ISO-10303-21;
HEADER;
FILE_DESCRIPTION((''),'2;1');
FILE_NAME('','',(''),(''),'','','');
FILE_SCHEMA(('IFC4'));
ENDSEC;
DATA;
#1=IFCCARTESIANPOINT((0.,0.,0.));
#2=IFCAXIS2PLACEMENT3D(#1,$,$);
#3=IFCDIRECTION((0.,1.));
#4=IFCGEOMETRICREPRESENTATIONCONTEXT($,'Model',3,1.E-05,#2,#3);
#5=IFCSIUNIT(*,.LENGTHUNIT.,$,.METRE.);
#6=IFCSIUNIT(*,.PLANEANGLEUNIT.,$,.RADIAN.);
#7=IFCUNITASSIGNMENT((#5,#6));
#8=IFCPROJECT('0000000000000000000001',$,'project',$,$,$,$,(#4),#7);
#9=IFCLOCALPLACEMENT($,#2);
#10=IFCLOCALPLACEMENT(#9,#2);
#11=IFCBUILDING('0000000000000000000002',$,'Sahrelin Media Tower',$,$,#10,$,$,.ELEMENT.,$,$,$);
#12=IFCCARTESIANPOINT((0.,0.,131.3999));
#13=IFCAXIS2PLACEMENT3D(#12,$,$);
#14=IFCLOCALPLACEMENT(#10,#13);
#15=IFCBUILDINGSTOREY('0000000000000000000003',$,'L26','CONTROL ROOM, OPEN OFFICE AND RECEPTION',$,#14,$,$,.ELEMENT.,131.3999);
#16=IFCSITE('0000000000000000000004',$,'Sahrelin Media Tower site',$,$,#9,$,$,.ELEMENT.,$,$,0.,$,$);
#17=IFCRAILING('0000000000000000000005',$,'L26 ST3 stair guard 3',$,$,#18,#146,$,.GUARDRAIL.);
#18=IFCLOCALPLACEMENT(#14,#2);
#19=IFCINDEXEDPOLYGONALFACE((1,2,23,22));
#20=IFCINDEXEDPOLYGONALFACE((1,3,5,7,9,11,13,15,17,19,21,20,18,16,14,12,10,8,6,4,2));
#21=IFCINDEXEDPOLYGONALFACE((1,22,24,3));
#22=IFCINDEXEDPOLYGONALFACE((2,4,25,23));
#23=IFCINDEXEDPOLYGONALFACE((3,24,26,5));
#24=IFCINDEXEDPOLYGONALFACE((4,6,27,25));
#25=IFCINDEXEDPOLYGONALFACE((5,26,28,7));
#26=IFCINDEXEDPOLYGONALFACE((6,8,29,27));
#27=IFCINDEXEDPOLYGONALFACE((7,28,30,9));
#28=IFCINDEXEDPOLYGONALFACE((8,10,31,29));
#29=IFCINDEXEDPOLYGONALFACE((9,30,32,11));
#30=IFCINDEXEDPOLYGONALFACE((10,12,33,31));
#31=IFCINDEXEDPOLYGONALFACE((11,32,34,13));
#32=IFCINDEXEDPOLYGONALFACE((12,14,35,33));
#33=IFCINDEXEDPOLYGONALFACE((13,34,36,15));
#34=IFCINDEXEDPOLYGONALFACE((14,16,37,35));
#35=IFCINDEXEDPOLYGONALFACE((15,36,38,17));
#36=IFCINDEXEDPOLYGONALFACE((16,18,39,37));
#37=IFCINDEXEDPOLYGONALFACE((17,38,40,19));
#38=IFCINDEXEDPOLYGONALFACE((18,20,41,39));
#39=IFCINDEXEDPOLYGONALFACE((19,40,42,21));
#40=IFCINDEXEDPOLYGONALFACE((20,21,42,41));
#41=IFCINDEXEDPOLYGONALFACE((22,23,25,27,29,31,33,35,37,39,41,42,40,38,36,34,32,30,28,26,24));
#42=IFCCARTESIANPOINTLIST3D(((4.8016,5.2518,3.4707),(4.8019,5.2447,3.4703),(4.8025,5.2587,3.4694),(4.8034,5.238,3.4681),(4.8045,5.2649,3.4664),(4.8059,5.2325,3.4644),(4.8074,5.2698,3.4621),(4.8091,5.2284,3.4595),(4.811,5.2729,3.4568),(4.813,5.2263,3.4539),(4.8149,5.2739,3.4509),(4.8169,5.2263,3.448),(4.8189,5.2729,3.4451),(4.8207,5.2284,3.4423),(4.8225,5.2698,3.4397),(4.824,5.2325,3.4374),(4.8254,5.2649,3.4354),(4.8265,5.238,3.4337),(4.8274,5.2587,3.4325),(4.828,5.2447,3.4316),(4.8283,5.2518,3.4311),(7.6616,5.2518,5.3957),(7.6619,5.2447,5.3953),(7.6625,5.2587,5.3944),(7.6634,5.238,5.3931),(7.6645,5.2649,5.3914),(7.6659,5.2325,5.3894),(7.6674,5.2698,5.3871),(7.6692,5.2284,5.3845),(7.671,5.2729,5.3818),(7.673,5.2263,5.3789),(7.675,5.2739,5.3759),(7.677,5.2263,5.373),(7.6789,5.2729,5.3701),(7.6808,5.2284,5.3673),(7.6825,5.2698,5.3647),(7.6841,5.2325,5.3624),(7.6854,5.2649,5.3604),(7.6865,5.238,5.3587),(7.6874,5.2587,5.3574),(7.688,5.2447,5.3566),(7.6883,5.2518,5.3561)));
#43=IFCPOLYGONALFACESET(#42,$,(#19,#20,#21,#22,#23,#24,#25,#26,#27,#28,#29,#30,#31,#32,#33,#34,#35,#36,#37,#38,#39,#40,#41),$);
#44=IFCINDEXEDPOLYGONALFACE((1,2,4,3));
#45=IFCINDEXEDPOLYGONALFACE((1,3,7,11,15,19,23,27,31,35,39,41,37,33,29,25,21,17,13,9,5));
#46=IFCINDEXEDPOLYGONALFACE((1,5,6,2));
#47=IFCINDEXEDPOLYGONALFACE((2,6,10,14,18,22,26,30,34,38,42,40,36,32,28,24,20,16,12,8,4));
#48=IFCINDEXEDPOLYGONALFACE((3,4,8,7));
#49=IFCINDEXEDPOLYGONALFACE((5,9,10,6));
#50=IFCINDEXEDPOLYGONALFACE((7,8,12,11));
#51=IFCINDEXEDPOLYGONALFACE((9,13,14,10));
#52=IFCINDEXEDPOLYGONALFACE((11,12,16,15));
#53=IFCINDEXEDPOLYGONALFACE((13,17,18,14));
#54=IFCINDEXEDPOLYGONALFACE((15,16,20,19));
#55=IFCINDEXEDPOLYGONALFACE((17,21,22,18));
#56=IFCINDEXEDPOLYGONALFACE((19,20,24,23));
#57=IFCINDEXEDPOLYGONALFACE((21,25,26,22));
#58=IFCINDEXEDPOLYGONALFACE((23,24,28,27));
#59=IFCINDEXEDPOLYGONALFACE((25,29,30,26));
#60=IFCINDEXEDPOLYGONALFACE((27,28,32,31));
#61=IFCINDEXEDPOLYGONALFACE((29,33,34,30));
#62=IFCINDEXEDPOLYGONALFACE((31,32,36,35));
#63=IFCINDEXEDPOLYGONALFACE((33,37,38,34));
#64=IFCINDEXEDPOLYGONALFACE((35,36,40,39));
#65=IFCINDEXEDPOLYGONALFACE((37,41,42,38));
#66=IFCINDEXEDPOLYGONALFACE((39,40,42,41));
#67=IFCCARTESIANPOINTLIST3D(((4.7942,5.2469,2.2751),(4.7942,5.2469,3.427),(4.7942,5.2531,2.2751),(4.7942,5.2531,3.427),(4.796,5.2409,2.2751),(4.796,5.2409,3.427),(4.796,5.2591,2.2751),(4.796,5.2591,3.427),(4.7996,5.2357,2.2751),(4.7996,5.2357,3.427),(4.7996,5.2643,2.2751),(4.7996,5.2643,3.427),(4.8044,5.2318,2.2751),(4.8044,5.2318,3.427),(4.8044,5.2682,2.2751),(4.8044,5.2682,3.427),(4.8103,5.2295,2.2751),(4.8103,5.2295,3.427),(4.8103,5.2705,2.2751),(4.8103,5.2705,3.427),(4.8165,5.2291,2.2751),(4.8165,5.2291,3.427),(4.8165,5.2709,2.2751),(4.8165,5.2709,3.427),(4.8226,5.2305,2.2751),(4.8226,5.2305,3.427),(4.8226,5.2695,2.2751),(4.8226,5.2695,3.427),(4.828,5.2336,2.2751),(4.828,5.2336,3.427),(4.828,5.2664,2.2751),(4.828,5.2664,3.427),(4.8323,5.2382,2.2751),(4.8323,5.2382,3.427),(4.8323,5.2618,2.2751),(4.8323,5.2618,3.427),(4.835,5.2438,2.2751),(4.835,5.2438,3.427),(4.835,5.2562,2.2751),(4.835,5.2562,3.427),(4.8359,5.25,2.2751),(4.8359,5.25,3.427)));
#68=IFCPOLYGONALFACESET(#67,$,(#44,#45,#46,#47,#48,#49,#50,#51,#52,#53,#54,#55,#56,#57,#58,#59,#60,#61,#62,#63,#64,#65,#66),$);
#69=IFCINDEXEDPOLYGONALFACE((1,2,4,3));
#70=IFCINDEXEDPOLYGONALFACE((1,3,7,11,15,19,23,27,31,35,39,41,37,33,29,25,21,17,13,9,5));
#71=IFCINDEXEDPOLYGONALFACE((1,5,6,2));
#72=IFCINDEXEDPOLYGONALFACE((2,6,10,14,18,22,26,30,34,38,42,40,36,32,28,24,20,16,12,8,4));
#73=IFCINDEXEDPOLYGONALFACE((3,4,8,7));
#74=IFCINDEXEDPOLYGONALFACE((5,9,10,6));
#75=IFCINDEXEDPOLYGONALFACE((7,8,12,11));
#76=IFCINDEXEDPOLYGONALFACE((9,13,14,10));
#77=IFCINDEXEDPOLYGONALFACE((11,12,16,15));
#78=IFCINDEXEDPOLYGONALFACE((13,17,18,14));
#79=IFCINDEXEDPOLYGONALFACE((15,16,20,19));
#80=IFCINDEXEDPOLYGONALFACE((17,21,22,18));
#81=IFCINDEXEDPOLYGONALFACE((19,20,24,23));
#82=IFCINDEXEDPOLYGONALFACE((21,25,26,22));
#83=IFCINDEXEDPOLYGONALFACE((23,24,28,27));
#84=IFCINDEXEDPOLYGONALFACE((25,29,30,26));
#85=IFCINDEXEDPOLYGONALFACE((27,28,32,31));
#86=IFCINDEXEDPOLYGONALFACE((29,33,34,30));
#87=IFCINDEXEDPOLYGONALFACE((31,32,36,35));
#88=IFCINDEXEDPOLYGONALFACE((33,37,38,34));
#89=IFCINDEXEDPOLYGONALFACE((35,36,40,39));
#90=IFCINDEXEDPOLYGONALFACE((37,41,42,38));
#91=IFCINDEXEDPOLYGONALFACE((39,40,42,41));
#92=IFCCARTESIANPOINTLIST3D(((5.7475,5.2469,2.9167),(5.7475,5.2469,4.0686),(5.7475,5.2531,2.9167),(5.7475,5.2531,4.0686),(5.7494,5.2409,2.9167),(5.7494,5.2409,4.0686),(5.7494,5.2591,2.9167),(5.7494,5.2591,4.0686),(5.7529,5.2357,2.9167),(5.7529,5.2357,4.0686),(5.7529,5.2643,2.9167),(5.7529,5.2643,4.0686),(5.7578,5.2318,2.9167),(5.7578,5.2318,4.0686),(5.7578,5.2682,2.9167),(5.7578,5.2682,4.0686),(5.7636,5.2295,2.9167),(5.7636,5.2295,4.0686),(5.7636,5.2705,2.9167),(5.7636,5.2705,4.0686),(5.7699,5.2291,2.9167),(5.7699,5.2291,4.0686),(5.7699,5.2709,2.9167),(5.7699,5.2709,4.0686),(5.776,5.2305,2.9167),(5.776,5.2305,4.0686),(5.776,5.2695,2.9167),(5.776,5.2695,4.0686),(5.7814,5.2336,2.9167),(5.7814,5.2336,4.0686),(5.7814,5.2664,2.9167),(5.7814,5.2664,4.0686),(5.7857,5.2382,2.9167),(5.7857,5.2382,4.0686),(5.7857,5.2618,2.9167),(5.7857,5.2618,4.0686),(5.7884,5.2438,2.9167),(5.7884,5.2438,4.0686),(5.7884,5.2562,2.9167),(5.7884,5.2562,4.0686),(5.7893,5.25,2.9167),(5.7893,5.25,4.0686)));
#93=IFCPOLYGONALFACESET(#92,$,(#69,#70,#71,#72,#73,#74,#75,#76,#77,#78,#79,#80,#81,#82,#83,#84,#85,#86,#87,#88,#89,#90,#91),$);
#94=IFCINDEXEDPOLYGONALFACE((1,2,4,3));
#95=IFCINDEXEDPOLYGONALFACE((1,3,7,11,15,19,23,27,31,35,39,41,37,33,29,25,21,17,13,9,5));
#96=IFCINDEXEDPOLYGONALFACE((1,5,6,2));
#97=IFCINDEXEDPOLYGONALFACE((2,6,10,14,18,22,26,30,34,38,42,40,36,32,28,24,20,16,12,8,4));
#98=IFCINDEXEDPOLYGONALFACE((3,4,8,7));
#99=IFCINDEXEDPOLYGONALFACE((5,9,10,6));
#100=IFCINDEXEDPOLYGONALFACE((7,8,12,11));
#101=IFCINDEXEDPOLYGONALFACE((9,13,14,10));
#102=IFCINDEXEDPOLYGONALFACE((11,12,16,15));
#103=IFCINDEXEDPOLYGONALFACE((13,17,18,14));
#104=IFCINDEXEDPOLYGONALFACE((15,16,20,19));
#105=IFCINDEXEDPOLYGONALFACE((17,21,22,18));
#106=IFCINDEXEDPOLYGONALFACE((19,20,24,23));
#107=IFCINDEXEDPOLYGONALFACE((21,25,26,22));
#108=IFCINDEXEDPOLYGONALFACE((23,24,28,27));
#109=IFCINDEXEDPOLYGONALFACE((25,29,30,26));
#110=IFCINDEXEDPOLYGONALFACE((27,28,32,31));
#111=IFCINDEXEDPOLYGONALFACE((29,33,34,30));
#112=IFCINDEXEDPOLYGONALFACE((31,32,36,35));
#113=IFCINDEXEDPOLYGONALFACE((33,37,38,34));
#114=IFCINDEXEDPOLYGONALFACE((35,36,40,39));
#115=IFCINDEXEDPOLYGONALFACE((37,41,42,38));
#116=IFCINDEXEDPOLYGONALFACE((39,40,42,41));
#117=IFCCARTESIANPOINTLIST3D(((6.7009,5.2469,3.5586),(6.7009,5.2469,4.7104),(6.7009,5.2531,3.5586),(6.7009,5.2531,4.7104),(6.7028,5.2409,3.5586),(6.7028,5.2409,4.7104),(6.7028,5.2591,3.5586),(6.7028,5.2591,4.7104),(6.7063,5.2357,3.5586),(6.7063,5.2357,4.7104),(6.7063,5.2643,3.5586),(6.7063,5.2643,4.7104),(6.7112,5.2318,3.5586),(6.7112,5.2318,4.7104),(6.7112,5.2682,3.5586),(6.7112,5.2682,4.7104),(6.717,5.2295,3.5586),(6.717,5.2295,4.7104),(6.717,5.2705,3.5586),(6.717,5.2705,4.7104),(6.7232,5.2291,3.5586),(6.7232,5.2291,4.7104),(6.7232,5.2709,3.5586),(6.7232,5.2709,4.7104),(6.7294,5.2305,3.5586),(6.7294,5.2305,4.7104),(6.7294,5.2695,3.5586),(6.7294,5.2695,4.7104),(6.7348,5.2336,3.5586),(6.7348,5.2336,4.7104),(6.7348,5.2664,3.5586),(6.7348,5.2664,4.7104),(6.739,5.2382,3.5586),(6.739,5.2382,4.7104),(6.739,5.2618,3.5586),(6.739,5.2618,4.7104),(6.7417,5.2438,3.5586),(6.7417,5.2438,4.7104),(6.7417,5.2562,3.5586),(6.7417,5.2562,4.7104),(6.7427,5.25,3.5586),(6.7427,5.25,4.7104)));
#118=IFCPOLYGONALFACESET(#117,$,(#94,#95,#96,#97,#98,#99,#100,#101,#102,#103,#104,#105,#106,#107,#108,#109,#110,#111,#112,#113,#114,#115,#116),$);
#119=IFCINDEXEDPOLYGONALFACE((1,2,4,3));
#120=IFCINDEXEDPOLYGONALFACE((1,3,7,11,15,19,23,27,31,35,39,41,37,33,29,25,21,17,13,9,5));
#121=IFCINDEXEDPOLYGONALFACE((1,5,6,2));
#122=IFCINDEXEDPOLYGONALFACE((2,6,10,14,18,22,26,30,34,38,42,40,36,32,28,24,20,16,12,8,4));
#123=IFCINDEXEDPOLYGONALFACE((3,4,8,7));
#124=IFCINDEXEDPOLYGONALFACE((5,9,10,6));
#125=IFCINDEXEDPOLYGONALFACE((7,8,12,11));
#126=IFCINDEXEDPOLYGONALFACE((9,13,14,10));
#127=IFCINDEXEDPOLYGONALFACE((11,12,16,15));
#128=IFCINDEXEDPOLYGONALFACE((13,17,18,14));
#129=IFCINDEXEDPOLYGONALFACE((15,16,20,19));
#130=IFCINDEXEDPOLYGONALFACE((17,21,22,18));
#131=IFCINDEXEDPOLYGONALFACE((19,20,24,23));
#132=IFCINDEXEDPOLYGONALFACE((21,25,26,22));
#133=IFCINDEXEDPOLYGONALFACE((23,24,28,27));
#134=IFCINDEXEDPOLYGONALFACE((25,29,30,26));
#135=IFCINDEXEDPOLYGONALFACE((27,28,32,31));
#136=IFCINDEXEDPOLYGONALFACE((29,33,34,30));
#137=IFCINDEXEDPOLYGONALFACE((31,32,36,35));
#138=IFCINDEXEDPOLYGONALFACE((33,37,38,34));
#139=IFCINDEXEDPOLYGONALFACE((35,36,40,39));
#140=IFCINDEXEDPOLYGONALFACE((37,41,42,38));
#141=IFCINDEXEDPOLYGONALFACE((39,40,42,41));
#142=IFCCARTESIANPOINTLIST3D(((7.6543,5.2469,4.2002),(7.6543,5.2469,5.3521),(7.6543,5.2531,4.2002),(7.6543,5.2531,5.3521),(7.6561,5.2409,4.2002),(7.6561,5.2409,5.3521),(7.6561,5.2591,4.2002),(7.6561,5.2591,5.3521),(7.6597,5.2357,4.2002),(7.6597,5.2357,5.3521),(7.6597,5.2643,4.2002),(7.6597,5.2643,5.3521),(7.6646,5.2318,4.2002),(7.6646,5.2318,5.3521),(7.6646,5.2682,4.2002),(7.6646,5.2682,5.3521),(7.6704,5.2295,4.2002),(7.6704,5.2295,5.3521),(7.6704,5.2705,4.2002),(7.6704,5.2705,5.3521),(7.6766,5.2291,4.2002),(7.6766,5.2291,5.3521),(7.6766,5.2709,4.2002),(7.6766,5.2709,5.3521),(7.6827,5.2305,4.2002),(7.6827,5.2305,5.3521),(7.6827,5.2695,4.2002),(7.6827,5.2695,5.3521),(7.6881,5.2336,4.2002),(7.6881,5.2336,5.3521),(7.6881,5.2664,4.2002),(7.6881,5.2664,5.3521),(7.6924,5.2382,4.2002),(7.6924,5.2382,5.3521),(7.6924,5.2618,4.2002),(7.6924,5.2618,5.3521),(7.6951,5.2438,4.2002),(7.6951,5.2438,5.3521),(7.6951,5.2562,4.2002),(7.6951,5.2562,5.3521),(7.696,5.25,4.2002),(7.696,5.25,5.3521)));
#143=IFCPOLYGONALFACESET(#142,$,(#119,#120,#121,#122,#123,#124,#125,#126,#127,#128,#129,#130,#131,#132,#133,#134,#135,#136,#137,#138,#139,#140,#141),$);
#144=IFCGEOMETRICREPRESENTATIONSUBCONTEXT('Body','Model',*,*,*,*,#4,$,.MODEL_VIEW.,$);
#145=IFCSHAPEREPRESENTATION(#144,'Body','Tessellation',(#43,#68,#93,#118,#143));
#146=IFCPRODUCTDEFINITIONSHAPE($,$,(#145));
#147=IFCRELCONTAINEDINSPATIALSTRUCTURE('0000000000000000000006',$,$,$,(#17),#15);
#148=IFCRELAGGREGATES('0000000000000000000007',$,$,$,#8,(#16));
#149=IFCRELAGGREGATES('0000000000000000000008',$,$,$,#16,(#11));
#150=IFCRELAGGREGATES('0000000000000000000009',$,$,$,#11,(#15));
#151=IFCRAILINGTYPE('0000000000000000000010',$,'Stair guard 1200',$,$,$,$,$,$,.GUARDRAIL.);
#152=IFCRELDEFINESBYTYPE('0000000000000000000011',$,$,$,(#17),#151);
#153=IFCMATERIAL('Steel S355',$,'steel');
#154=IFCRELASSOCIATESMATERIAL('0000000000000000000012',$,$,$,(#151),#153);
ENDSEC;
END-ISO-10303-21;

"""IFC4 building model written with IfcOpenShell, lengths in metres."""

from ifc_helpers import new_model, si_unit, direction, frame, origin, origin_2d, place, context, subcontext, project, spatial, circle, extrude, material, type_object, element, save


model = new_model("IFC4")

# Units and contexts
model_context = context("Model", 3, precision=1e-05, world=origin(), true_north=direction((0.0, 1.0)))
body_context = subcontext(model_context, "Body", "Model", "MODEL_VIEW")
ifc_project = project(units=[si_unit("LENGTHUNIT", "METRE"), si_unit("PLANEANGLEUNIT", "RADIAN")], contexts=[model_context])

# Site, building, storey
site_placement = place(None, origin())
site = spatial("IfcSite", under=ifc_project, at=site_placement, Name="Sahrelin Media Tower site", CompositionType="ELEMENT", RefElevation=0.0)
building_placement = place(site_placement, origin())
building = spatial("IfcBuilding", under=site, at=building_placement, Name="Sahrelin Media Tower", CompositionType="ELEMENT")
storey_placement = place(building_placement, frame((0.0, 0.0, 131.3999)))
storey = spatial("IfcBuildingStorey", under=building, at=storey_placement, Name="L26", Description="CONTROL ROOM, OPEN OFFICE AND RECEPTION", CompositionType="ELEMENT", Elevation=131.3999)

# Shared definitions
ifc_material_1 = material(Name="Steel S355", Category="steel")

# Railing
railing_type_1 = type_object("IfcRailingType", Name="Stair guard 1200", PredefinedType="GUARDRAIL", material=ifc_material_1)
railing_1_placement = place(storey_placement, frame((4.8149, 5.25, 2.2751)))
element("IfcRailing", 1, at=railing_1_placement, inside=storey, type_object=railing_type_1, Name="L26 ST3 stair guard 3", PredefinedType="GUARDRAIL", context=body_context, shape_type="SweptSolid", body=[
    extrude(circle(Radius=0.0239, at=origin_2d()), frame((0.0, 0.0, 1.1758), z_axis=(0.829591, 0.0, 0.558372), x_axis=(0.0, 1.0, 0.0)), (0.0, 0.0, 1.0), 3.4475),
    extrude(circle(Radius=0.021, at=origin_2d()), origin(), (0.0, 0.0, 1.0), 1.1519),
    extrude(circle(Radius=0.021, at=origin_2d()), frame((0.9534, 0.0, 0.6416)), (0.0, 0.0, 1.0), 1.1519),
    extrude(circle(Radius=0.021, at=origin_2d()), frame((1.9067, 0.0, 1.2834)), (0.0, 0.0, 1.0), 1.1519),
    extrude(circle(Radius=0.021, at=origin_2d()), frame((2.8601, 0.0, 1.925)), (0.0, 0.0, 1.0), 1.1519),
])

save(model, "model.ifc")
